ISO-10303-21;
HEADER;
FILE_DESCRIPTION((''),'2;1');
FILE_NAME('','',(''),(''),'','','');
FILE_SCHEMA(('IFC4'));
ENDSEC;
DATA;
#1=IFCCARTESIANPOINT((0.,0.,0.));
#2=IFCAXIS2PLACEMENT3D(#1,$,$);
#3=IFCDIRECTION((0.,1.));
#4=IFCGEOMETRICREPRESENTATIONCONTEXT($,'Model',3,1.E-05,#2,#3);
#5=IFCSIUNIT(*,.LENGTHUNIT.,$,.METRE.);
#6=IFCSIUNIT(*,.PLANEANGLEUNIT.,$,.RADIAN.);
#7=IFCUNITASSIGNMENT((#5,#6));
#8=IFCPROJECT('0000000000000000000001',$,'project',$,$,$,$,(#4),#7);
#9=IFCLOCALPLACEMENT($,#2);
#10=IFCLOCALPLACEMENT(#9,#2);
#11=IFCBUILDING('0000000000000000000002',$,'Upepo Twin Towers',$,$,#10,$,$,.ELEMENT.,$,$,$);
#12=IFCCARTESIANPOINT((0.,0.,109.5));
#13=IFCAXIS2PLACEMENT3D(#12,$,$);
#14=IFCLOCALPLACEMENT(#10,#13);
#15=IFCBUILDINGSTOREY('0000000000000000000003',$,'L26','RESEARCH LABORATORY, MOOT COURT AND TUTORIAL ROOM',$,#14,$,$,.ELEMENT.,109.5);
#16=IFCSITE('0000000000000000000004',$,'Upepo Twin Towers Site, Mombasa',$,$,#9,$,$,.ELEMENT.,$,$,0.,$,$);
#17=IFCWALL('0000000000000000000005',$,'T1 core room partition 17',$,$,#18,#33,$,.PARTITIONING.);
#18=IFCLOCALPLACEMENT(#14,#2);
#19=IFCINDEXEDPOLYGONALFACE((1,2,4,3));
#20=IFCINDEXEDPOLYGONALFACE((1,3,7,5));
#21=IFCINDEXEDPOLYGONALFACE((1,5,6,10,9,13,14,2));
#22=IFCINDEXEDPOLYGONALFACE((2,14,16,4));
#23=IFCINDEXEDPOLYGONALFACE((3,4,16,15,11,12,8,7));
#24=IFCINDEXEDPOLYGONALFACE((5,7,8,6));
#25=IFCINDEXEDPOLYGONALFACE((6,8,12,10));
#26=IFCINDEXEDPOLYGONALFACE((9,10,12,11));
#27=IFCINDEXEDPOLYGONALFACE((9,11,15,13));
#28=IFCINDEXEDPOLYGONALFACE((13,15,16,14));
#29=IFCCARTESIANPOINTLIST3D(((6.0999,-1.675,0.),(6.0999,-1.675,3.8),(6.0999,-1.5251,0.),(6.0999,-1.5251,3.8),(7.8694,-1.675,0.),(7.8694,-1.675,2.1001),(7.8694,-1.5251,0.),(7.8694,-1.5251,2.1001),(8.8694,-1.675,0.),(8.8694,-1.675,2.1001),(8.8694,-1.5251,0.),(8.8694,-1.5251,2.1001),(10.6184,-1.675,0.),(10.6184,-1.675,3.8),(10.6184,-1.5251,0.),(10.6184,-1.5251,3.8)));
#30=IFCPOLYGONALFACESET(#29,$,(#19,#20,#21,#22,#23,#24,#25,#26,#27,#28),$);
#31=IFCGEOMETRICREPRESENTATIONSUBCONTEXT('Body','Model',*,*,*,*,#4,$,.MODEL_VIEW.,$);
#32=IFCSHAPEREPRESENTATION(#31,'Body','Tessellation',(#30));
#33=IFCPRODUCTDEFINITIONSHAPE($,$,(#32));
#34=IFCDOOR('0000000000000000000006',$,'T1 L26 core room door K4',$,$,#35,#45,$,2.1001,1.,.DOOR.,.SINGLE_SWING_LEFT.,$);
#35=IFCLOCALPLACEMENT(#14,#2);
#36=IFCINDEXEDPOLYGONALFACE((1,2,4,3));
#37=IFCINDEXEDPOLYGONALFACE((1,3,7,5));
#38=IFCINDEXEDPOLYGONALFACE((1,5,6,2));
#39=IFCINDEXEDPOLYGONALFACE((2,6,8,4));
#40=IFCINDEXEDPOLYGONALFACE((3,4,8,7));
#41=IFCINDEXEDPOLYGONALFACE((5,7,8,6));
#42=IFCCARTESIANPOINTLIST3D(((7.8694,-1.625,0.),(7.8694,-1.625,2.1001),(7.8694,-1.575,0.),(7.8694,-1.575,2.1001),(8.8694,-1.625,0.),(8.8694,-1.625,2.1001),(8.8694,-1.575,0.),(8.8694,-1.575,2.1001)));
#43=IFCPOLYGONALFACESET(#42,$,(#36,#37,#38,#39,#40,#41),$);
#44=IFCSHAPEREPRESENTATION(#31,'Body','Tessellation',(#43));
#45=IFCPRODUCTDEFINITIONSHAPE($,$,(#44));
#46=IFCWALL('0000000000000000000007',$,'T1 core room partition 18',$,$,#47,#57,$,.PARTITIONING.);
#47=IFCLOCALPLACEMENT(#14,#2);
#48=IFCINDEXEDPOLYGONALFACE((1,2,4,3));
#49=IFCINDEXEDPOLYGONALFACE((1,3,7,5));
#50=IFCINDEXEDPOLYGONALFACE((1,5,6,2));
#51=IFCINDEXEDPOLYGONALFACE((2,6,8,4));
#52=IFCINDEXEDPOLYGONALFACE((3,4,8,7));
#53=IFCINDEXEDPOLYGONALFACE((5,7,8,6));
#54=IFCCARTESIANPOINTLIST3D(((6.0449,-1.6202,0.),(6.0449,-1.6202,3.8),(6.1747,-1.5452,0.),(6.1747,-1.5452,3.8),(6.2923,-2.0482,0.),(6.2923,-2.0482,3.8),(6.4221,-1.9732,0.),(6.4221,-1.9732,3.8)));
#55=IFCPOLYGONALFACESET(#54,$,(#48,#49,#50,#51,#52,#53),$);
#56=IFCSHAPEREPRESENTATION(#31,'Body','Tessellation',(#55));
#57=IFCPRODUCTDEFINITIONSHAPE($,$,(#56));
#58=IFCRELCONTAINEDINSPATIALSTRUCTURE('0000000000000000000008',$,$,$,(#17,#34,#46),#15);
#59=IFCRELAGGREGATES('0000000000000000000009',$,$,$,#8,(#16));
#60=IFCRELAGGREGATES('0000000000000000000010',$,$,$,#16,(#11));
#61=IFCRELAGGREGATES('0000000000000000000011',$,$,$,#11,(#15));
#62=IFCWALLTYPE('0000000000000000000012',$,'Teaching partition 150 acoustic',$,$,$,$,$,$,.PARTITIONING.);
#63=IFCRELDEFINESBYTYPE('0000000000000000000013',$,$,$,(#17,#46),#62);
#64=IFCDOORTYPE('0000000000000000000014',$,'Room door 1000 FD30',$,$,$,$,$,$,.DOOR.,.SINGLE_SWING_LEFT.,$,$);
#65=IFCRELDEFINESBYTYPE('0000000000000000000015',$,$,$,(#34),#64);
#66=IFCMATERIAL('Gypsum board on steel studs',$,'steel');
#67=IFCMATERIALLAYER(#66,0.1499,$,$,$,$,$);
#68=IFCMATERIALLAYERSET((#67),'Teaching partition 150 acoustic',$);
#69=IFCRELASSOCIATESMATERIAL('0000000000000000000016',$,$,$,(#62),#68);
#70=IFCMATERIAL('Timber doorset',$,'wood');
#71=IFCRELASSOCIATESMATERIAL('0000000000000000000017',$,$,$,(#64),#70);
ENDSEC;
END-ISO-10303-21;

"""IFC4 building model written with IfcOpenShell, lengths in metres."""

from ifc_helpers import new_model, si_unit, direction, frame, frame_2d, origin, place, context, subcontext, project, spatial, rectangle, extrude, material, layer, layer_set, type_object, element, fill, save


model = new_model("IFC4")

# Units and contexts
model_context = context("Model", 3, precision=1e-05, world=origin(), true_north=direction((0.0, 1.0)))
body_context = subcontext(model_context, "Body", "Model", "MODEL_VIEW")
ifc_project = project(units=[si_unit("LENGTHUNIT", "METRE"), si_unit("PLANEANGLEUNIT", "RADIAN")], contexts=[model_context])

# Site, building, storey
site_placement = place(None, origin())
site = spatial("IfcSite", under=ifc_project, at=site_placement, Name="Upepo Twin Towers Site, Mombasa", CompositionType="ELEMENT", RefElevation=0.0)
building_placement = place(site_placement, origin())
building = spatial("IfcBuilding", under=site, at=building_placement, Name="Upepo Twin Towers", CompositionType="ELEMENT")
storey_placement = place(building_placement, frame((0.0, 0.0, 109.5)))
storey = spatial("IfcBuildingStorey", under=building, at=storey_placement, Name="L26", Description="RESEARCH LABORATORY, MOOT COURT AND TUTORIAL ROOM", CompositionType="ELEMENT", Elevation=109.5)

# Shared definitions
ifc_material_1 = material(Name="Gypsum board on steel studs", Category="steel")
ifc_layer_1 = layer(ifc_material_1, 0.1499)
ifc_layer_set_1 = layer_set([ifc_layer_1], Name="Teaching partition 150 acoustic")
wall_type_1 = type_object("IfcWallType", Name="Teaching partition 150 acoustic", PredefinedType="PARTITIONING", material=ifc_layer_set_1)

# Wall, opening, door
wall_1_placement = place(storey_placement, frame((10.6184, -1.6001, 0.0), z_axis=(0.0, 0.0, 1.0), x_axis=(-1.0, 0.0, 0.0)))
wall_1 = element("IfcWall", 1, at=wall_1_placement, inside=storey, type_object=wall_type_1, Name="T1 core room partition 17", PredefinedType="PARTITIONING", context=body_context, shape_type="SweptSolid", body=[
    extrude(rectangle(XDim=4.5186, YDim=0.1499, at=frame_2d((2.2593, 0.0))), origin(), (0.0, 0.0, 1.0), 3.8),
])
opening_1_placement = place(wall_1_placement, frame((1.749, 0.0, 0.0)))
opening_1 = element("IfcOpeningElement", 2, at=opening_1_placement, cuts=wall_1, PredefinedType="OPENING", context=body_context, shape_type="SweptSolid", body=[
    extrude(rectangle(XDim=1.0, YDim=2.1001, at=frame_2d((0.5, 1.05))), frame((0.0, 0.085, 0.0), z_axis=(0.0, -1.0, 0.0), x_axis=(1.0, 0.0, 0.0)), (0.0, 0.0, 1.0), 0.1699),
])
ifc_material_2 = material(Name="Timber doorset", Category="wood")
door_type_1 = type_object("IfcDoorType", Name="Room door 1000 FD30", OperationType="SINGLE_SWING_LEFT", PredefinedType="DOOR", material=ifc_material_2)
door_1_placement = place(opening_1_placement, origin())
door_1 = element("IfcDoor", 3, at=door_1_placement, inside=storey, type_object=door_type_1, Name="T1 L26 core room door K4", OperationType="SINGLE_SWING_LEFT", OverallHeight=2.1001, OverallWidth=1.0, PredefinedType="DOOR", context=body_context, shape_type="SweptSolid", body=[
    extrude(rectangle(XDim=1.0, YDim=2.1001, at=frame_2d((0.5, 1.05))), frame((0.0, 0.0249, 0.0), z_axis=(0.0, -1.0, 0.0), x_axis=(1.0, 0.0, 0.0)), (0.0, 0.0, 1.0), 0.05),
])
fill(opening_1, door_1)

# Wall
wall_2_placement = place(storey_placement, frame((6.1099, -1.5828, 0.0), z_axis=(0.0, 0.0, 1.0), x_axis=(0.500335, -0.865832, 0.0)))
element("IfcWall", 4, at=wall_2_placement, inside=storey, type_object=wall_type_1, Name="T1 core room partition 18", PredefinedType="PARTITIONING", context=body_context, shape_type="SweptSolid", body=[
    extrude(rectangle(XDim=0.4944, YDim=0.1499, at=frame_2d((0.2471, 0.0))), origin(), (0.0, 0.0, 1.0), 3.8),
])

save(model, "model.ifc")
